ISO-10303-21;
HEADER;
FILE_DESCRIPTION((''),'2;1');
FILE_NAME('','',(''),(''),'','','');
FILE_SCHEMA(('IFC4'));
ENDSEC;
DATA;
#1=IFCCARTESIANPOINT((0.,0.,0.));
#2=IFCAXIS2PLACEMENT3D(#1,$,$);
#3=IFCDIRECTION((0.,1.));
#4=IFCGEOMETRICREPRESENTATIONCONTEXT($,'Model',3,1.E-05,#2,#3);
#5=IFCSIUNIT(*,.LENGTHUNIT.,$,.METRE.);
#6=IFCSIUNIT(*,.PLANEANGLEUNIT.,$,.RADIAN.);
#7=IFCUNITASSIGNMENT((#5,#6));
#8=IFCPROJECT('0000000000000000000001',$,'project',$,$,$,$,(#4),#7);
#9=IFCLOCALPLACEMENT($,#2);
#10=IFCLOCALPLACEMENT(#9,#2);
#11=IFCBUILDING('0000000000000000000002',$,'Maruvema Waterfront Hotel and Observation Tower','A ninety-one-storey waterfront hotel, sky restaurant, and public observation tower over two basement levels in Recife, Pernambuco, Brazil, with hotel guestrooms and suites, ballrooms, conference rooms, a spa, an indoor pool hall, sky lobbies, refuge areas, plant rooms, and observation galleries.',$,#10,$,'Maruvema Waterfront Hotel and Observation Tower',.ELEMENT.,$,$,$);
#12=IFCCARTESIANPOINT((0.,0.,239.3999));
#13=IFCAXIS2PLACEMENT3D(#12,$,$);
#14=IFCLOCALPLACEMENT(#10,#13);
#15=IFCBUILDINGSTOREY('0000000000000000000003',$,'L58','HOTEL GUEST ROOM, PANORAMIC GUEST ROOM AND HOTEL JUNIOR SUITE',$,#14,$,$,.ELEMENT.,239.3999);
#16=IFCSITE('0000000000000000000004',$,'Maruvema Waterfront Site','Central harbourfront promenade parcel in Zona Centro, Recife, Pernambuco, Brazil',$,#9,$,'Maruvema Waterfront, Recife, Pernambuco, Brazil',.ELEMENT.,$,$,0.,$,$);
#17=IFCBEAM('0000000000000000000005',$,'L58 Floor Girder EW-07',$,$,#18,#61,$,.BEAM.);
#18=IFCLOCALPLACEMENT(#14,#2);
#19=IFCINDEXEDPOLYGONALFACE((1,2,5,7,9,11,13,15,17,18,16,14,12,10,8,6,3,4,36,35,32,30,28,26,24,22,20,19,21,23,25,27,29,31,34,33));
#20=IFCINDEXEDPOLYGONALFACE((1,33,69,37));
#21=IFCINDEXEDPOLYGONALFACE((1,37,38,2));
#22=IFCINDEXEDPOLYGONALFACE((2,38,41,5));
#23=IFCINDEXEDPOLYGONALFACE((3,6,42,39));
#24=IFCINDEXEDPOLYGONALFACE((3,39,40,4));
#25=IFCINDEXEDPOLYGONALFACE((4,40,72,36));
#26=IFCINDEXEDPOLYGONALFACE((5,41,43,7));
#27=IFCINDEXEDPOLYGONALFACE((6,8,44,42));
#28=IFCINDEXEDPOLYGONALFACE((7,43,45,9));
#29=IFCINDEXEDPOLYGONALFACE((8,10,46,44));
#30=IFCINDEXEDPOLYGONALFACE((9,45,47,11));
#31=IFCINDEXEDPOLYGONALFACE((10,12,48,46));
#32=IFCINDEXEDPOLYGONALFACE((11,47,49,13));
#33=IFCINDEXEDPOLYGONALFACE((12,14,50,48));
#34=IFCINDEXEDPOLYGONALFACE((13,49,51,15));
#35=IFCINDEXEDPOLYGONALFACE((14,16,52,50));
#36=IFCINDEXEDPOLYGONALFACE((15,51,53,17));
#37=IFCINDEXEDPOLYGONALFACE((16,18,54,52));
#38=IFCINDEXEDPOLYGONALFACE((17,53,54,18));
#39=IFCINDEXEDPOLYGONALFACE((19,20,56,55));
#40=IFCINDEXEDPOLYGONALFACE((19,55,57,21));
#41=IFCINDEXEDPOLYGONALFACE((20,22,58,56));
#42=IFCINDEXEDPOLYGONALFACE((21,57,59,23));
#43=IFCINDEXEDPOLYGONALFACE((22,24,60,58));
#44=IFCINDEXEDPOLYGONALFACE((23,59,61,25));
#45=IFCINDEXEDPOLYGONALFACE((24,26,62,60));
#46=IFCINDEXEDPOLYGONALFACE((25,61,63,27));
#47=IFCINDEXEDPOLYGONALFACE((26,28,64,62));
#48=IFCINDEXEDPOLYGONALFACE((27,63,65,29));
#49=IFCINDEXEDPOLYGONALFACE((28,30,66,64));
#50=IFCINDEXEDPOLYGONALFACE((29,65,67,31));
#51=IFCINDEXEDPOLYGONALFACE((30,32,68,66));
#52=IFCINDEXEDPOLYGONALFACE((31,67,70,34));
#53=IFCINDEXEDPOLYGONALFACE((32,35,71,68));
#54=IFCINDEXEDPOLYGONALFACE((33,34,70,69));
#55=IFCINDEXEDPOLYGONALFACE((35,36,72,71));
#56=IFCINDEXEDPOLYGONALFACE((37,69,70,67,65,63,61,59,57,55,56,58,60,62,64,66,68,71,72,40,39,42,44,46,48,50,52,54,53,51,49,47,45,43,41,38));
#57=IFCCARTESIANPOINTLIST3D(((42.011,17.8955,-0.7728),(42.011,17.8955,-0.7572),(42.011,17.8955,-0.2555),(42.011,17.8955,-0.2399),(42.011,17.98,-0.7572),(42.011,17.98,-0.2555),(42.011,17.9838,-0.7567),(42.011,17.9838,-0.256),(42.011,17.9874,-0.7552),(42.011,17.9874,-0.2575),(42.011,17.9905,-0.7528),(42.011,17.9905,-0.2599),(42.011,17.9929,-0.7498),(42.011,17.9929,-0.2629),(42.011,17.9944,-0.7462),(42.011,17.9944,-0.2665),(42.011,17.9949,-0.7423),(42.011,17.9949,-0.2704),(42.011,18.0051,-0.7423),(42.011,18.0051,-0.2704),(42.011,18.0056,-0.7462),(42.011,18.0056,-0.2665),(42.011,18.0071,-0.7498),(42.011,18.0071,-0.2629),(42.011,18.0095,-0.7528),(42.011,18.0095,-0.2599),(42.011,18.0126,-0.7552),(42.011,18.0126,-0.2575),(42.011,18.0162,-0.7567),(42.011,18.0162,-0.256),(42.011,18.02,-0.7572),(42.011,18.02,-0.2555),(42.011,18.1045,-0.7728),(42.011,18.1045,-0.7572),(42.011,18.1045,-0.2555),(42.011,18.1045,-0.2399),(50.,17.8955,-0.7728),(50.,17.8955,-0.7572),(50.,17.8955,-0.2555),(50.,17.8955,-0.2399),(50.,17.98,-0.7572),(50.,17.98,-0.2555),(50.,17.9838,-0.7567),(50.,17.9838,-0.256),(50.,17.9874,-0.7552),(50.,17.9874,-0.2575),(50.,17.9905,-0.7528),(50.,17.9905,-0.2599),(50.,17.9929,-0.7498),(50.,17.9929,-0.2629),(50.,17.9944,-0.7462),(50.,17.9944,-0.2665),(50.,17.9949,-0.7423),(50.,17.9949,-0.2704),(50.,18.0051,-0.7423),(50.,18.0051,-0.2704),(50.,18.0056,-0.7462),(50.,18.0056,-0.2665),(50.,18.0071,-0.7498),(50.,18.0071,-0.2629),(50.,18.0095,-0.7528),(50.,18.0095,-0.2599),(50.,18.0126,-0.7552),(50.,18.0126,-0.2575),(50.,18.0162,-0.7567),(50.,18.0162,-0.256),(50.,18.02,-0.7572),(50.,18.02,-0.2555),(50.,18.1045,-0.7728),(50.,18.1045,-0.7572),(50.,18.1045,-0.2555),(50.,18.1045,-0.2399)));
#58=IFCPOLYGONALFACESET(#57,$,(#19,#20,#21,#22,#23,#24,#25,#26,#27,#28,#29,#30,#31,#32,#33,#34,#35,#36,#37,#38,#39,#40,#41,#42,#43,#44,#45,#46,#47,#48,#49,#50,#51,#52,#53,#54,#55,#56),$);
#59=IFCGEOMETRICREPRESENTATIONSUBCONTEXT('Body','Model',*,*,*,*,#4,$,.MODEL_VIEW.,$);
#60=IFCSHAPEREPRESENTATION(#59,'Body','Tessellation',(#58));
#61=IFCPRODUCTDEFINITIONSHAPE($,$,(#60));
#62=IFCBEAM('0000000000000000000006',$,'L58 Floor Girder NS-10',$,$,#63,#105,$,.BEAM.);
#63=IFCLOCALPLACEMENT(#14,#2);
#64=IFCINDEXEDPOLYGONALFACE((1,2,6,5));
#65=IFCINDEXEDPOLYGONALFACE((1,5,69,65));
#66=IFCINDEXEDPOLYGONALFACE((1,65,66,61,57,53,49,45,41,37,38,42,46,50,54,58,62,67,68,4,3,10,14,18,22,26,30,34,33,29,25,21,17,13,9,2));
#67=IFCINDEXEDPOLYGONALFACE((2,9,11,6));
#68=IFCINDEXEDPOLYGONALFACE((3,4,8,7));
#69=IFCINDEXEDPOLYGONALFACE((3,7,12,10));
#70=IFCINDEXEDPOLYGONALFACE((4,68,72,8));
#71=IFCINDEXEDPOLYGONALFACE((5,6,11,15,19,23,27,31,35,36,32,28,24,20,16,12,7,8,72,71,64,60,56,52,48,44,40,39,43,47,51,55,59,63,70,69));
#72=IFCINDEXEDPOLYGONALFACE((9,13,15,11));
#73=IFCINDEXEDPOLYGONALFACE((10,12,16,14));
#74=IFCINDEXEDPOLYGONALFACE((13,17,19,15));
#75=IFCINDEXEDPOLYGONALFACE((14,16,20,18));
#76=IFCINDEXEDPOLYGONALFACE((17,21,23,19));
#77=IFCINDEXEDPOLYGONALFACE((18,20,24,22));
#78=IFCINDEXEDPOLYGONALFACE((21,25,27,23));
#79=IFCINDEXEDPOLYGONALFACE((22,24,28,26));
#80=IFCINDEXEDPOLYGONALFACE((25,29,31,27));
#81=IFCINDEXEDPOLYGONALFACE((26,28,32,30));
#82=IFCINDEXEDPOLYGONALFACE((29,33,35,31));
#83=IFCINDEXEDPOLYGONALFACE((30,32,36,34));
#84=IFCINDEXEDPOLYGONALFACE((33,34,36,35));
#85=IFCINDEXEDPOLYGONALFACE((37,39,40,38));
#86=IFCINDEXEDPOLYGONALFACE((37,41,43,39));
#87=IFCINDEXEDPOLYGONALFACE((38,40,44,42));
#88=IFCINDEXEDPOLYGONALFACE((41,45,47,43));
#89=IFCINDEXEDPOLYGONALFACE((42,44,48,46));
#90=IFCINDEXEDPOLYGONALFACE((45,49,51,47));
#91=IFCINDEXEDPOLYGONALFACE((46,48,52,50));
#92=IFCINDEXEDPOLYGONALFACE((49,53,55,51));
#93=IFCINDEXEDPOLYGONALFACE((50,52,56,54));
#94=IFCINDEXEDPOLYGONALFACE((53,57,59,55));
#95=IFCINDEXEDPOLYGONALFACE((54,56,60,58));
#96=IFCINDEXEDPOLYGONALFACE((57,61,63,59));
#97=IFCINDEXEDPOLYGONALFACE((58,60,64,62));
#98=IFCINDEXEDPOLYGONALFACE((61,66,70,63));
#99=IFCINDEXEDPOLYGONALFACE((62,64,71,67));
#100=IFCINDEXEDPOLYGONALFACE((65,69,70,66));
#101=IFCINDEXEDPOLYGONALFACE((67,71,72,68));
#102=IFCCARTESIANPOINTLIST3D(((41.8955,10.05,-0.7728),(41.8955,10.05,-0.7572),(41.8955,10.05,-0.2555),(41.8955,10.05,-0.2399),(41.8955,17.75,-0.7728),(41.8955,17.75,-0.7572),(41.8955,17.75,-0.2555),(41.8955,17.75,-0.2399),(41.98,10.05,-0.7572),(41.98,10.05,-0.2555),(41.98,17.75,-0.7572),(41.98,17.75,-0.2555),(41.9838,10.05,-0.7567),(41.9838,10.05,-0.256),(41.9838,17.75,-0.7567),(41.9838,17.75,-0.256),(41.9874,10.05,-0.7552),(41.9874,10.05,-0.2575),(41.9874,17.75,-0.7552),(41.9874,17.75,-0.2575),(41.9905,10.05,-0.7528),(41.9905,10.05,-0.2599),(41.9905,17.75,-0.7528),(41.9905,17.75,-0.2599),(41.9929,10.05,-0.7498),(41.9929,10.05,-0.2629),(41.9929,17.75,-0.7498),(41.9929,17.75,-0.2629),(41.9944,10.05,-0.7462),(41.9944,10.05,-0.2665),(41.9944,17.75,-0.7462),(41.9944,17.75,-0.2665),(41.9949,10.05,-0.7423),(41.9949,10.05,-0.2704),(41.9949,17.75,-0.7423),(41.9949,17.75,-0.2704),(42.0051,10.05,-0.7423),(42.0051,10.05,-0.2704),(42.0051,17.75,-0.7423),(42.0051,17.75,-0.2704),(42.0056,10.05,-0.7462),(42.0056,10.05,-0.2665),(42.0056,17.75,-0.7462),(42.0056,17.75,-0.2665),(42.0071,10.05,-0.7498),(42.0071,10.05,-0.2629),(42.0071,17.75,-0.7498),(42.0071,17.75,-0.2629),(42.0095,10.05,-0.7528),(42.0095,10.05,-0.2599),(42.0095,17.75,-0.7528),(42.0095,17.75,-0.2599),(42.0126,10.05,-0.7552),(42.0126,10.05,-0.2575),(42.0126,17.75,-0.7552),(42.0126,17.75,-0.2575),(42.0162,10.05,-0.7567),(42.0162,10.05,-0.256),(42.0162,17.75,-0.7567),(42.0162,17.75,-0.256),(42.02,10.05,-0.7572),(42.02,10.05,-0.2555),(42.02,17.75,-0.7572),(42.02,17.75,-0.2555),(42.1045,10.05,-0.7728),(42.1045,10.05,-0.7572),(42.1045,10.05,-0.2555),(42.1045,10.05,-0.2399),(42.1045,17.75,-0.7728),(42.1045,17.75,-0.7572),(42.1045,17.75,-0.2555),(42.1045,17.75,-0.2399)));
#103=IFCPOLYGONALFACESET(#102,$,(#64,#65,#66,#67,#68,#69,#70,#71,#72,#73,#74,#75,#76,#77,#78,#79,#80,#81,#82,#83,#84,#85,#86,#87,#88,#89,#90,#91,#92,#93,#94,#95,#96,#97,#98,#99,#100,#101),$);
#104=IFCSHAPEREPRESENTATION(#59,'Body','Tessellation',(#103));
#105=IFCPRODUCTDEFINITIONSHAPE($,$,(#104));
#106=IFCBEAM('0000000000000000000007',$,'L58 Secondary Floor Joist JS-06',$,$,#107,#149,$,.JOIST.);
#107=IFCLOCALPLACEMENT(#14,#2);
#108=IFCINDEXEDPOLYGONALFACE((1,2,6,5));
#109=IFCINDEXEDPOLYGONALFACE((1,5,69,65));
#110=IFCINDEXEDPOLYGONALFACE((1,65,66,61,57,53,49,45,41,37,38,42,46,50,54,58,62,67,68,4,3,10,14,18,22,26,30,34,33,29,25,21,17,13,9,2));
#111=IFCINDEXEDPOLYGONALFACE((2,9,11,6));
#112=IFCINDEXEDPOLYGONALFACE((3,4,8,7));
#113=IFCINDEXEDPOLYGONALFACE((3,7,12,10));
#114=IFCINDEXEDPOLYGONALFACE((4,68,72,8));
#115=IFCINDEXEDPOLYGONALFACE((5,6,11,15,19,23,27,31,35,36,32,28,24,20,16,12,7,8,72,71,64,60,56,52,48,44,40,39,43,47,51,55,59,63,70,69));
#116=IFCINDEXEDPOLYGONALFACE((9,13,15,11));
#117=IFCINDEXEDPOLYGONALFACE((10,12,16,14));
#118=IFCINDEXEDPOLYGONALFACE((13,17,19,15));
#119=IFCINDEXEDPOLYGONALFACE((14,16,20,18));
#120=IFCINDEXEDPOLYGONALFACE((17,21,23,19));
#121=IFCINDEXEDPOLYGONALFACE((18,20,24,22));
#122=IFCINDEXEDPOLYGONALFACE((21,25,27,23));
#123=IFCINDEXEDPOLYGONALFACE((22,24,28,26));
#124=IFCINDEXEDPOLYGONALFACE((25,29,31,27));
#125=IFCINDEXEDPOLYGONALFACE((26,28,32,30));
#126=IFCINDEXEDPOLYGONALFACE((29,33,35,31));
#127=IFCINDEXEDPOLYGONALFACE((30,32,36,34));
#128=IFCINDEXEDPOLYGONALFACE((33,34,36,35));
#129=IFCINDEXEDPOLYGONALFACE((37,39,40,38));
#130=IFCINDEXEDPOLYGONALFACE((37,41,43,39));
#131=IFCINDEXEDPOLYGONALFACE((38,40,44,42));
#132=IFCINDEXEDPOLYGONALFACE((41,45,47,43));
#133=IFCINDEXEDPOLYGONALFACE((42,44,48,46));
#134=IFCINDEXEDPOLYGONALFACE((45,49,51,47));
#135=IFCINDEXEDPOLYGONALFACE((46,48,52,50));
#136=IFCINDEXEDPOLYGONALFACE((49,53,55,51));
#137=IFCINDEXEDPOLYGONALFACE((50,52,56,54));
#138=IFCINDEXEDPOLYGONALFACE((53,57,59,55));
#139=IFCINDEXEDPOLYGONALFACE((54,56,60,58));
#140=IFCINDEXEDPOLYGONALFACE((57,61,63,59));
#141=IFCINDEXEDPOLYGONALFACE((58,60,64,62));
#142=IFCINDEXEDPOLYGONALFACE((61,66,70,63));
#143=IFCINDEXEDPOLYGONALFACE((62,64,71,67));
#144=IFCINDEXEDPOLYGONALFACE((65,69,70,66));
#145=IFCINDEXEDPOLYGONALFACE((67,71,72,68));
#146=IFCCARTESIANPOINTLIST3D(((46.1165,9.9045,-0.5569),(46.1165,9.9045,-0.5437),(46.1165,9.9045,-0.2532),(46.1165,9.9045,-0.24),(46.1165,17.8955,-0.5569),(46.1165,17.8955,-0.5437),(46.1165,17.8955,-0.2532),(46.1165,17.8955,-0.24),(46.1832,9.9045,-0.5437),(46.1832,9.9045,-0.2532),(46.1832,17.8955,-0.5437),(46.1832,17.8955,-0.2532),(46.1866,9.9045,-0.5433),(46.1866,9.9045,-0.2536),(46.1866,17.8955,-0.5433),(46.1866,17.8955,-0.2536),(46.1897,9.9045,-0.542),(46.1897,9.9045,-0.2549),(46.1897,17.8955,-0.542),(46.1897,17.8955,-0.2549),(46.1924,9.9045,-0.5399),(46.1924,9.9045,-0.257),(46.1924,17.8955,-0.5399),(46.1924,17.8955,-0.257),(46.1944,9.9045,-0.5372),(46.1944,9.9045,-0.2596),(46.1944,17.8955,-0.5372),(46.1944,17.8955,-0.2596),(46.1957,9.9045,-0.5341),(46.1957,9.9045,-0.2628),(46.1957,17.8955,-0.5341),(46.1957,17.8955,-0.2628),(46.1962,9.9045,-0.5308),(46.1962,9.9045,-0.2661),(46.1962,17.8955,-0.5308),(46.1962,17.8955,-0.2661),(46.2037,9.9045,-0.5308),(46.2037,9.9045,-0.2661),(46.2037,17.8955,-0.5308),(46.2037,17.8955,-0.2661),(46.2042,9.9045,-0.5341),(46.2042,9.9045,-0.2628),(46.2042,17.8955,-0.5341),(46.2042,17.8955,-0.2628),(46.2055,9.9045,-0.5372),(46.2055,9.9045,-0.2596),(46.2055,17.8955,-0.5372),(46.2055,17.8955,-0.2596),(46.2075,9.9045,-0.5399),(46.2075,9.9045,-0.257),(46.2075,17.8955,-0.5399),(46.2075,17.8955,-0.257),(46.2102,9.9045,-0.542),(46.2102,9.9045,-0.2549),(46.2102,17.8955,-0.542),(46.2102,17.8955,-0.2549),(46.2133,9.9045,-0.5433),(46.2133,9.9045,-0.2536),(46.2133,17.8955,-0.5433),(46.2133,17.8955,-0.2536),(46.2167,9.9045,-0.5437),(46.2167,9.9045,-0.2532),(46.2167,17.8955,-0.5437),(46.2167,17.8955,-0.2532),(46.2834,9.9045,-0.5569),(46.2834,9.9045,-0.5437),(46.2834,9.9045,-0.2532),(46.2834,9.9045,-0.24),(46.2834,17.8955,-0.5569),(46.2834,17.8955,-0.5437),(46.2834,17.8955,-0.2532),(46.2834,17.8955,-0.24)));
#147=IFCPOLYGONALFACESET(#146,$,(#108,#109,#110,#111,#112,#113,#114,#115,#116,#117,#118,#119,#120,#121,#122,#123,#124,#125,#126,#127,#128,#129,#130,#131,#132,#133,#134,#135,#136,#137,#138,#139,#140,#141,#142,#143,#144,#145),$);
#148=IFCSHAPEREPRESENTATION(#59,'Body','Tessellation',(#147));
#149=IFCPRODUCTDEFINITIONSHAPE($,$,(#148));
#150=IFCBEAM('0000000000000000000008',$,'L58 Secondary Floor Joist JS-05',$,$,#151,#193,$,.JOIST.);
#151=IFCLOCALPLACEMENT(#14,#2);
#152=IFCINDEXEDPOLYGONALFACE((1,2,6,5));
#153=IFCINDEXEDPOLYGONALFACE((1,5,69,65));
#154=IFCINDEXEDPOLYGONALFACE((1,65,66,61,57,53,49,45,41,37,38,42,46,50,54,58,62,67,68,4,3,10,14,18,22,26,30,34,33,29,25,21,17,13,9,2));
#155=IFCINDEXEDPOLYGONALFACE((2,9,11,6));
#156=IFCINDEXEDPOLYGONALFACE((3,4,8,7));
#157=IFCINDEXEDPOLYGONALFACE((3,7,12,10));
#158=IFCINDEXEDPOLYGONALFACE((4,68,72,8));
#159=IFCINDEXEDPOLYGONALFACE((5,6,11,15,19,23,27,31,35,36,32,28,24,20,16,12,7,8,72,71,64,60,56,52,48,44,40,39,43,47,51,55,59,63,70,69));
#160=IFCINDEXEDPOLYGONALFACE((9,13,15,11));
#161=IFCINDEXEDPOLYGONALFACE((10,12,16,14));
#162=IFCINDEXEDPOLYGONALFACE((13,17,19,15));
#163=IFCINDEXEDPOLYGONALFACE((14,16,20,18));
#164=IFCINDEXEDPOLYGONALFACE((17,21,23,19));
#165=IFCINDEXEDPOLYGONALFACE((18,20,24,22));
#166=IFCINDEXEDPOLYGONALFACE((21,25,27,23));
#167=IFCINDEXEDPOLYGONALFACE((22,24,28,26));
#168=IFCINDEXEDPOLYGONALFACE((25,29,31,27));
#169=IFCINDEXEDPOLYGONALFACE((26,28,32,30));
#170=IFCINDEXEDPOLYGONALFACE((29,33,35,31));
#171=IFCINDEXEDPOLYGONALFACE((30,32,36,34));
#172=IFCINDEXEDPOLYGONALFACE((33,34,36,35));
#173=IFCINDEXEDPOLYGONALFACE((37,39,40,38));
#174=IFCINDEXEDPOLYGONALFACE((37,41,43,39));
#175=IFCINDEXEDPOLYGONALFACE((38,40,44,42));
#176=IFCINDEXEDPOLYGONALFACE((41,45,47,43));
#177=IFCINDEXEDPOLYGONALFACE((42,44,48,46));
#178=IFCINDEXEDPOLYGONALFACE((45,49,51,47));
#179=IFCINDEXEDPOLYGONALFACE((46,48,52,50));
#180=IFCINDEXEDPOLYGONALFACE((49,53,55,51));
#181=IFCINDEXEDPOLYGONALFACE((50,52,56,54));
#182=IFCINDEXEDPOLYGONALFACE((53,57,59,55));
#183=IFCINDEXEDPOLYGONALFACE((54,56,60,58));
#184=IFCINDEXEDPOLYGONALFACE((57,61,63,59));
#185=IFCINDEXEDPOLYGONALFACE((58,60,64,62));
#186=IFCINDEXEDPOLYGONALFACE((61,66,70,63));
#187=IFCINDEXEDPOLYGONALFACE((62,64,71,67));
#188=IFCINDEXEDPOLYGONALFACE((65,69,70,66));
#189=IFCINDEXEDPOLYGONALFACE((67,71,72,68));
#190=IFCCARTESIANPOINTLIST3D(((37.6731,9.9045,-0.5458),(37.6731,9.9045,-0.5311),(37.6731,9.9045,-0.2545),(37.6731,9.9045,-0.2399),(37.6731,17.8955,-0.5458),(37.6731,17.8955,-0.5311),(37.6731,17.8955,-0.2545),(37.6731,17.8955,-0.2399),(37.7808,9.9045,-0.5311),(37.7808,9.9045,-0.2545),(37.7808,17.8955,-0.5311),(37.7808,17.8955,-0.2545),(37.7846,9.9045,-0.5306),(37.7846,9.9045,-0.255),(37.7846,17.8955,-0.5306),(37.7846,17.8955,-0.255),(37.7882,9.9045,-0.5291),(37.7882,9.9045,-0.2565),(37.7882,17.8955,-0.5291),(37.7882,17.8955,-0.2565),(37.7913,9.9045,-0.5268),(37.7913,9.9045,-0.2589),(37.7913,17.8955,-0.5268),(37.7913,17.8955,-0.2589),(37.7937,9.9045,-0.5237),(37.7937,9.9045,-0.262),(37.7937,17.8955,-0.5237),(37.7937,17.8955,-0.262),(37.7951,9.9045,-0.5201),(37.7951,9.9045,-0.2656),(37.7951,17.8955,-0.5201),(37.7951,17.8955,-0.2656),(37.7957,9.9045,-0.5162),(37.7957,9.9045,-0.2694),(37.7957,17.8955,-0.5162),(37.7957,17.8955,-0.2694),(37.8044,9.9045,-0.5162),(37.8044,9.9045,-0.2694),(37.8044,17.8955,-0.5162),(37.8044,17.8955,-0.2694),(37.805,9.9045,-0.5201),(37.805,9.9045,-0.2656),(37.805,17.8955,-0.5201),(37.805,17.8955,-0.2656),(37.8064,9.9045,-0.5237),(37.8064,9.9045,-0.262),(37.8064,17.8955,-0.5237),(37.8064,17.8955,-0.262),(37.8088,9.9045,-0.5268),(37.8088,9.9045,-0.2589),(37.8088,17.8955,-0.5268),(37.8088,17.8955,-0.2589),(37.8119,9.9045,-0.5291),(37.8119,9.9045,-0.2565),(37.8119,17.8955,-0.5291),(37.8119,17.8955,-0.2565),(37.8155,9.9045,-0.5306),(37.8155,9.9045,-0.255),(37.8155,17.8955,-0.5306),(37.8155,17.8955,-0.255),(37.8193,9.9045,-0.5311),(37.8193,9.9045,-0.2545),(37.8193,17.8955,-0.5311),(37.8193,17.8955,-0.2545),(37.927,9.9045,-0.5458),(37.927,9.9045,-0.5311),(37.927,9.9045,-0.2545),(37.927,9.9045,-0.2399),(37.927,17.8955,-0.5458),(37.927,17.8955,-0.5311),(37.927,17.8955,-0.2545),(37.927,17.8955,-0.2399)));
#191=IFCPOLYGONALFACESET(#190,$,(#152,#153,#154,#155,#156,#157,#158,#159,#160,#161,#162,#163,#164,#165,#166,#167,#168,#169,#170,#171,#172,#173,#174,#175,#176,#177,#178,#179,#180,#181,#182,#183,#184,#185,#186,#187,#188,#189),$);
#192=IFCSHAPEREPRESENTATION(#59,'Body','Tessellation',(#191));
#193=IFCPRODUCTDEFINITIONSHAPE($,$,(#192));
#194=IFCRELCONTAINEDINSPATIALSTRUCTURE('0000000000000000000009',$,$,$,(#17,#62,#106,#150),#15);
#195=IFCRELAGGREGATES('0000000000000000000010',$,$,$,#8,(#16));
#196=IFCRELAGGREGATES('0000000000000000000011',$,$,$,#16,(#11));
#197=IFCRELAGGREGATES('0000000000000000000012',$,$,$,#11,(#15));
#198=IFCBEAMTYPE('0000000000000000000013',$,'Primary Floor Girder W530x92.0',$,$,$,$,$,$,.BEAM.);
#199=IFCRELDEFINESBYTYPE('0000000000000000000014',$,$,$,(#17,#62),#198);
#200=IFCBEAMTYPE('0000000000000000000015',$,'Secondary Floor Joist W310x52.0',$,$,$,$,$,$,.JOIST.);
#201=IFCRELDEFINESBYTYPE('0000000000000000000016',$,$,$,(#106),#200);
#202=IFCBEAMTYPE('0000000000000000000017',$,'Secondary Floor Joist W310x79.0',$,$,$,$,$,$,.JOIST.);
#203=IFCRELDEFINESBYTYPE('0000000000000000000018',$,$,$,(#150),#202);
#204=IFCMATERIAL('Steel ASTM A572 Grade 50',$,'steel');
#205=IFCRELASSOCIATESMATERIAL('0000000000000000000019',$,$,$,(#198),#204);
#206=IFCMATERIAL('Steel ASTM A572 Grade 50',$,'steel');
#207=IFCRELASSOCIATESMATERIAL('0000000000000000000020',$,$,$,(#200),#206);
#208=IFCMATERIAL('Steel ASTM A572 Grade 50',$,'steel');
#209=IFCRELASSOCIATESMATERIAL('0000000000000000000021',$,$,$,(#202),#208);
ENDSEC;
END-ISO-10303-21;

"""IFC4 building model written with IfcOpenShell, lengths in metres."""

from ifc_helpers import new_model, si_unit, direction, frame, origin, origin_2d, place, context, subcontext, project, spatial, i_section, extrude, material, material_profile, profile_set, type_object, element, save


model = new_model("IFC4")

# Units and contexts
model_context = context("Model", 3, precision=1e-05, world=origin(), true_north=direction((0.0, 1.0)))
body_context = subcontext(model_context, "Body", "Model", "MODEL_VIEW")
ifc_project = project(units=[si_unit("LENGTHUNIT", "METRE"), si_unit("PLANEANGLEUNIT", "RADIAN")], contexts=[model_context])

# Site, building, storey
site_placement = place(None, origin())
site = spatial("IfcSite", under=ifc_project, at=site_placement, Name="Maruvema Waterfront Site", Description="Central harbourfront promenade parcel in Zona Centro, Recife, Pernambuco, Brazil", LongName="Maruvema Waterfront, Recife, Pernambuco, Brazil", CompositionType="ELEMENT", RefElevation=0.0)
building_placement = place(site_placement, origin())
building = spatial("IfcBuilding", under=site, at=building_placement, Name="Maruvema Waterfront Hotel and Observation Tower", Description="A ninety-one-storey waterfront hotel, sky restaurant, and public observation tower over two basement levels in Recife, Pernambuco, Brazil, with hotel guestrooms and suites, ballrooms, conference rooms, a spa, an indoor pool hall, sky lobbies, refuge areas, plant rooms, and observation galleries.", LongName="Maruvema Waterfront Hotel and Observation Tower", CompositionType="ELEMENT")
storey_placement = place(building_placement, frame((0.0, 0.0, 239.3999)))
storey = spatial("IfcBuildingStorey", under=building, at=storey_placement, Name="L58", Description="HOTEL GUEST ROOM, PANORAMIC GUEST ROOM AND HOTEL JUNIOR SUITE", CompositionType="ELEMENT", Elevation=239.3999)

# Beams
ifc_material_1 = material(Name="Steel ASTM A572 Grade 50", Category="steel")
ifc_material_profile_1 = material_profile(ifc_material_1, i_section(OverallWidth=0.209, OverallDepth=0.533, WebThickness=0.0103, FlangeThickness=0.0156, FilletRadius=0.0149, at=origin_2d()), Name="W530x92.0")
ifc_profile_set_1 = profile_set([ifc_material_profile_1], Name="Steel ASTM A572 Grade 50")
beam_type_1 = type_object("IfcBeamType", Name="Primary Floor Girder W530x92.0", PredefinedType="BEAM", material=ifc_profile_set_1)
beam_1_placement = place(storey_placement, frame((42.011, 18.0, -0.5063), z_axis=(1.0, 0.0, 0.0), x_axis=(0.0, 1.0, 0.0)))
element("IfcBeam", 1, at=beam_1_placement, inside=storey, type_object=beam_type_1, Name="L58 Floor Girder EW-07", PredefinedType="BEAM", context=body_context, shape_type="SweptSolid", body=[
    extrude(i_section(OverallWidth=0.209, OverallDepth=0.533, WebThickness=0.0103, FlangeThickness=0.0156, FilletRadius=0.0149, at=origin_2d()), origin(), (0.0, 0.0, 1.0), 7.989),
])
beam_2_placement = place(storey_placement, frame((42.0, 10.05, -0.5063), z_axis=(0.0, 1.0, 0.0), x_axis=(-1.0, 0.0, 0.0)))
element("IfcBeam", 2, at=beam_2_placement, inside=storey, type_object=beam_type_1, Name="L58 Floor Girder NS-10", PredefinedType="BEAM", context=body_context, shape_type="SweptSolid", body=[
    extrude(i_section(OverallWidth=0.209, OverallDepth=0.533, WebThickness=0.0103, FlangeThickness=0.0156, FilletRadius=0.0149, at=origin_2d()), origin(), (0.0, 0.0, 1.0), 7.7),
])
ifc_material_2 = material(Name="Steel ASTM A572 Grade 50", Category="steel")
ifc_material_profile_2 = material_profile(ifc_material_2, i_section(OverallWidth=0.167, OverallDepth=0.3169, WebThickness=0.0076, FlangeThickness=0.0132, FilletRadius=0.0129, at=origin_2d()), Name="W310x52.0")
ifc_profile_set_2 = profile_set([ifc_material_profile_2], Name="Steel ASTM A572 Grade 50")
beam_type_2 = type_object("IfcBeamType", Name="Secondary Floor Joist W310x52.0", PredefinedType="JOIST", material=ifc_profile_set_2)
beam_3_placement = place(storey_placement, frame((46.2, 9.9045, -0.3984), z_axis=(0.0, 1.0, 0.0), x_axis=(-1.0, 0.0, 0.0)))
element("IfcBeam", 3, at=beam_3_placement, inside=storey, type_object=beam_type_2, Name="L58 Secondary Floor Joist JS-06", PredefinedType="JOIST", context=body_context, shape_type="SweptSolid", body=[
    extrude(i_section(OverallWidth=0.167, OverallDepth=0.3169, WebThickness=0.0076, FlangeThickness=0.0132, FilletRadius=0.0129, at=origin_2d()), origin(), (0.0, 0.0, 1.0), 7.991),
])
ifc_material_3 = material(Name="Steel ASTM A572 Grade 50", Category="steel")
ifc_material_profile_3 = material_profile(ifc_material_3, i_section(OverallWidth=0.2539, OverallDepth=0.3059, WebThickness=0.0088, FlangeThickness=0.0146, FilletRadius=0.0149, at=origin_2d()), Name="W310x79.0")
ifc_profile_set_3 = profile_set([ifc_material_profile_3], Name="Steel ASTM A572 Grade 50")
beam_type_3 = type_object("IfcBeamType", Name="Secondary Floor Joist W310x79.0", PredefinedType="JOIST", material=ifc_profile_set_3)
beam_4_placement = place(storey_placement, frame((37.8, 9.9045, -0.3928), z_axis=(0.0, 1.0, 0.0), x_axis=(-1.0, 0.0, 0.0)))
element("IfcBeam", 4, at=beam_4_placement, inside=storey, type_object=beam_type_3, Name="L58 Secondary Floor Joist JS-05", PredefinedType="JOIST", context=body_context, shape_type="SweptSolid", body=[
    extrude(i_section(OverallWidth=0.2539, OverallDepth=0.3059, WebThickness=0.0088, FlangeThickness=0.0146, FilletRadius=0.0149, at=origin_2d()), origin(), (0.0, 0.0, 1.0), 7.991),
])

save(model, "model.ifc")
